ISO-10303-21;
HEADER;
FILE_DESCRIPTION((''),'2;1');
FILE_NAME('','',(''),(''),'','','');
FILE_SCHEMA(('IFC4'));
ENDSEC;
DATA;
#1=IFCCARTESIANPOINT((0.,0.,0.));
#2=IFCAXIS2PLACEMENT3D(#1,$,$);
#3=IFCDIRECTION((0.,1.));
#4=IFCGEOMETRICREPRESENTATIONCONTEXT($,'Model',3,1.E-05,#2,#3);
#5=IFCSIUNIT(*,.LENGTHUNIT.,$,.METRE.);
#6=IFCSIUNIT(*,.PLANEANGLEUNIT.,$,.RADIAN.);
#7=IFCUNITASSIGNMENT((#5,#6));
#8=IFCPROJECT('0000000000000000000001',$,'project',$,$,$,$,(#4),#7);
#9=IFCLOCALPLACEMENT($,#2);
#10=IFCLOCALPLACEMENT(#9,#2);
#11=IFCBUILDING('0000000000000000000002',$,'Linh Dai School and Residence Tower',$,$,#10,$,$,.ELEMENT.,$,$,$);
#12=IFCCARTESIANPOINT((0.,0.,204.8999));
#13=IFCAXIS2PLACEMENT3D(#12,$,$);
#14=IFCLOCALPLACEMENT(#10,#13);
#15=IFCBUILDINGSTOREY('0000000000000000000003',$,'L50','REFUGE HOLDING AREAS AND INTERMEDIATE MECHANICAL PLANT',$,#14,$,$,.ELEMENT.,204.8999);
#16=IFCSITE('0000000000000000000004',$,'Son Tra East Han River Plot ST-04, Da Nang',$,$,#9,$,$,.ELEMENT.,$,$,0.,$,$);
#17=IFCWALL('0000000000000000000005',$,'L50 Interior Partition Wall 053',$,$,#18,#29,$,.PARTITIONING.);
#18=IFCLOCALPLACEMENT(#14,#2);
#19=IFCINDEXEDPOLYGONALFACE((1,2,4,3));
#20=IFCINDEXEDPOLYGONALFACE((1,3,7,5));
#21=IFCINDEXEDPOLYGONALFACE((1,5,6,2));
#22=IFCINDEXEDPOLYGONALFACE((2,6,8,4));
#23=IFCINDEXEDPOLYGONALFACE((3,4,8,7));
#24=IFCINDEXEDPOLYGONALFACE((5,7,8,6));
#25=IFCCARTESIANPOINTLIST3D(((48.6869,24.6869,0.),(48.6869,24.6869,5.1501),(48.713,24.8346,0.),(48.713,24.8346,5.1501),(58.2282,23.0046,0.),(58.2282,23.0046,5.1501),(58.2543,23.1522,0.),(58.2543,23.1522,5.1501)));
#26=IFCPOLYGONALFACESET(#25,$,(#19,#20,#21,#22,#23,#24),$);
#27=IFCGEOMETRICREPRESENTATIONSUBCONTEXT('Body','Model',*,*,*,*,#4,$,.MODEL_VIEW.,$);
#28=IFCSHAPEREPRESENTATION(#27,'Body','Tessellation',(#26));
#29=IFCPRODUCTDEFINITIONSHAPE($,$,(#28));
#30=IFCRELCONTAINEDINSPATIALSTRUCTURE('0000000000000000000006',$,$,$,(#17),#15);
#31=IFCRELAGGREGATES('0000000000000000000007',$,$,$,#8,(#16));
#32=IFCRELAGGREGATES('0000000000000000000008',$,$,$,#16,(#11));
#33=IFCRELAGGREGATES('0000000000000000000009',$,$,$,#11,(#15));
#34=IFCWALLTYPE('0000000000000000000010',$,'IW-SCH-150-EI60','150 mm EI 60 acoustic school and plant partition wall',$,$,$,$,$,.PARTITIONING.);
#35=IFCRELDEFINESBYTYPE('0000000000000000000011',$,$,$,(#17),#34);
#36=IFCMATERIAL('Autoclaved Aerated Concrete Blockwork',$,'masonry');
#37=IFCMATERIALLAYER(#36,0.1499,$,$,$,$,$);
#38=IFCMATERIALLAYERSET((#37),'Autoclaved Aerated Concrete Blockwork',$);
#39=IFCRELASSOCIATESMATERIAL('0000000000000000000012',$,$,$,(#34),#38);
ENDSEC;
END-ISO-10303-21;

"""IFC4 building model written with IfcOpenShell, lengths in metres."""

from ifc_helpers import new_model, si_unit, direction, frame, frame_2d, origin, place, context, subcontext, project, spatial, rectangle, extrude, material, layer, layer_set, type_object, element, save


model = new_model("IFC4")

# Units and contexts
model_context = context("Model", 3, precision=1e-05, world=origin(), true_north=direction((0.0, 1.0)))
body_context = subcontext(model_context, "Body", "Model", "MODEL_VIEW")
ifc_project = project(units=[si_unit("LENGTHUNIT", "METRE"), si_unit("PLANEANGLEUNIT", "RADIAN")], contexts=[model_context])

# Site, building, storey
site_placement = place(None, origin())
site = spatial("IfcSite", under=ifc_project, at=site_placement, Name="Son Tra East Han River Plot ST-04, Da Nang", CompositionType="ELEMENT", RefElevation=0.0)
building_placement = place(site_placement, origin())
building = spatial("IfcBuilding", under=site, at=building_placement, Name="Linh Dai School and Residence Tower", CompositionType="ELEMENT")
storey_placement = place(building_placement, frame((0.0, 0.0, 204.8999)))
storey = spatial("IfcBuildingStorey", under=building, at=storey_placement, Name="L50", Description="REFUGE HOLDING AREAS AND INTERMEDIATE MECHANICAL PLANT", CompositionType="ELEMENT", Elevation=204.8999)

# Shared definitions
ifc_material_1 = material(Name="Autoclaved Aerated Concrete Blockwork", Category="masonry")

# Shared definitions
ifc_layer_1 = layer(ifc_material_1, 0.1499)
ifc_layer_set_1 = layer_set([ifc_layer_1], Name="Autoclaved Aerated Concrete Blockwork")
wall_type_1 = type_object("IfcWallType", Name="IW-SCH-150-EI60", Description="150 mm EI 60 acoustic school and plant partition wall", PredefinedType="PARTITIONING", material=ifc_layer_set_1)

# Wall
wall_1_placement = place(storey_placement, frame((48.7, 24.7607, 0.0), z_axis=(0.0, 0.0, 1.0), x_axis=(0.984808, -0.173647, 0.0)))
element("IfcWall", 1, at=wall_1_placement, inside=storey, type_object=wall_type_1, Name="L50 Interior Partition Wall 053", PredefinedType="PARTITIONING", context=body_context, shape_type="SweptSolid", body=[
    extrude(rectangle(XDim=9.6885, YDim=0.1499, at=frame_2d((4.8442, 0.0))), origin(), (0.0, 0.0, 1.0), 5.1501),
])

save(model, "model.ifc")
